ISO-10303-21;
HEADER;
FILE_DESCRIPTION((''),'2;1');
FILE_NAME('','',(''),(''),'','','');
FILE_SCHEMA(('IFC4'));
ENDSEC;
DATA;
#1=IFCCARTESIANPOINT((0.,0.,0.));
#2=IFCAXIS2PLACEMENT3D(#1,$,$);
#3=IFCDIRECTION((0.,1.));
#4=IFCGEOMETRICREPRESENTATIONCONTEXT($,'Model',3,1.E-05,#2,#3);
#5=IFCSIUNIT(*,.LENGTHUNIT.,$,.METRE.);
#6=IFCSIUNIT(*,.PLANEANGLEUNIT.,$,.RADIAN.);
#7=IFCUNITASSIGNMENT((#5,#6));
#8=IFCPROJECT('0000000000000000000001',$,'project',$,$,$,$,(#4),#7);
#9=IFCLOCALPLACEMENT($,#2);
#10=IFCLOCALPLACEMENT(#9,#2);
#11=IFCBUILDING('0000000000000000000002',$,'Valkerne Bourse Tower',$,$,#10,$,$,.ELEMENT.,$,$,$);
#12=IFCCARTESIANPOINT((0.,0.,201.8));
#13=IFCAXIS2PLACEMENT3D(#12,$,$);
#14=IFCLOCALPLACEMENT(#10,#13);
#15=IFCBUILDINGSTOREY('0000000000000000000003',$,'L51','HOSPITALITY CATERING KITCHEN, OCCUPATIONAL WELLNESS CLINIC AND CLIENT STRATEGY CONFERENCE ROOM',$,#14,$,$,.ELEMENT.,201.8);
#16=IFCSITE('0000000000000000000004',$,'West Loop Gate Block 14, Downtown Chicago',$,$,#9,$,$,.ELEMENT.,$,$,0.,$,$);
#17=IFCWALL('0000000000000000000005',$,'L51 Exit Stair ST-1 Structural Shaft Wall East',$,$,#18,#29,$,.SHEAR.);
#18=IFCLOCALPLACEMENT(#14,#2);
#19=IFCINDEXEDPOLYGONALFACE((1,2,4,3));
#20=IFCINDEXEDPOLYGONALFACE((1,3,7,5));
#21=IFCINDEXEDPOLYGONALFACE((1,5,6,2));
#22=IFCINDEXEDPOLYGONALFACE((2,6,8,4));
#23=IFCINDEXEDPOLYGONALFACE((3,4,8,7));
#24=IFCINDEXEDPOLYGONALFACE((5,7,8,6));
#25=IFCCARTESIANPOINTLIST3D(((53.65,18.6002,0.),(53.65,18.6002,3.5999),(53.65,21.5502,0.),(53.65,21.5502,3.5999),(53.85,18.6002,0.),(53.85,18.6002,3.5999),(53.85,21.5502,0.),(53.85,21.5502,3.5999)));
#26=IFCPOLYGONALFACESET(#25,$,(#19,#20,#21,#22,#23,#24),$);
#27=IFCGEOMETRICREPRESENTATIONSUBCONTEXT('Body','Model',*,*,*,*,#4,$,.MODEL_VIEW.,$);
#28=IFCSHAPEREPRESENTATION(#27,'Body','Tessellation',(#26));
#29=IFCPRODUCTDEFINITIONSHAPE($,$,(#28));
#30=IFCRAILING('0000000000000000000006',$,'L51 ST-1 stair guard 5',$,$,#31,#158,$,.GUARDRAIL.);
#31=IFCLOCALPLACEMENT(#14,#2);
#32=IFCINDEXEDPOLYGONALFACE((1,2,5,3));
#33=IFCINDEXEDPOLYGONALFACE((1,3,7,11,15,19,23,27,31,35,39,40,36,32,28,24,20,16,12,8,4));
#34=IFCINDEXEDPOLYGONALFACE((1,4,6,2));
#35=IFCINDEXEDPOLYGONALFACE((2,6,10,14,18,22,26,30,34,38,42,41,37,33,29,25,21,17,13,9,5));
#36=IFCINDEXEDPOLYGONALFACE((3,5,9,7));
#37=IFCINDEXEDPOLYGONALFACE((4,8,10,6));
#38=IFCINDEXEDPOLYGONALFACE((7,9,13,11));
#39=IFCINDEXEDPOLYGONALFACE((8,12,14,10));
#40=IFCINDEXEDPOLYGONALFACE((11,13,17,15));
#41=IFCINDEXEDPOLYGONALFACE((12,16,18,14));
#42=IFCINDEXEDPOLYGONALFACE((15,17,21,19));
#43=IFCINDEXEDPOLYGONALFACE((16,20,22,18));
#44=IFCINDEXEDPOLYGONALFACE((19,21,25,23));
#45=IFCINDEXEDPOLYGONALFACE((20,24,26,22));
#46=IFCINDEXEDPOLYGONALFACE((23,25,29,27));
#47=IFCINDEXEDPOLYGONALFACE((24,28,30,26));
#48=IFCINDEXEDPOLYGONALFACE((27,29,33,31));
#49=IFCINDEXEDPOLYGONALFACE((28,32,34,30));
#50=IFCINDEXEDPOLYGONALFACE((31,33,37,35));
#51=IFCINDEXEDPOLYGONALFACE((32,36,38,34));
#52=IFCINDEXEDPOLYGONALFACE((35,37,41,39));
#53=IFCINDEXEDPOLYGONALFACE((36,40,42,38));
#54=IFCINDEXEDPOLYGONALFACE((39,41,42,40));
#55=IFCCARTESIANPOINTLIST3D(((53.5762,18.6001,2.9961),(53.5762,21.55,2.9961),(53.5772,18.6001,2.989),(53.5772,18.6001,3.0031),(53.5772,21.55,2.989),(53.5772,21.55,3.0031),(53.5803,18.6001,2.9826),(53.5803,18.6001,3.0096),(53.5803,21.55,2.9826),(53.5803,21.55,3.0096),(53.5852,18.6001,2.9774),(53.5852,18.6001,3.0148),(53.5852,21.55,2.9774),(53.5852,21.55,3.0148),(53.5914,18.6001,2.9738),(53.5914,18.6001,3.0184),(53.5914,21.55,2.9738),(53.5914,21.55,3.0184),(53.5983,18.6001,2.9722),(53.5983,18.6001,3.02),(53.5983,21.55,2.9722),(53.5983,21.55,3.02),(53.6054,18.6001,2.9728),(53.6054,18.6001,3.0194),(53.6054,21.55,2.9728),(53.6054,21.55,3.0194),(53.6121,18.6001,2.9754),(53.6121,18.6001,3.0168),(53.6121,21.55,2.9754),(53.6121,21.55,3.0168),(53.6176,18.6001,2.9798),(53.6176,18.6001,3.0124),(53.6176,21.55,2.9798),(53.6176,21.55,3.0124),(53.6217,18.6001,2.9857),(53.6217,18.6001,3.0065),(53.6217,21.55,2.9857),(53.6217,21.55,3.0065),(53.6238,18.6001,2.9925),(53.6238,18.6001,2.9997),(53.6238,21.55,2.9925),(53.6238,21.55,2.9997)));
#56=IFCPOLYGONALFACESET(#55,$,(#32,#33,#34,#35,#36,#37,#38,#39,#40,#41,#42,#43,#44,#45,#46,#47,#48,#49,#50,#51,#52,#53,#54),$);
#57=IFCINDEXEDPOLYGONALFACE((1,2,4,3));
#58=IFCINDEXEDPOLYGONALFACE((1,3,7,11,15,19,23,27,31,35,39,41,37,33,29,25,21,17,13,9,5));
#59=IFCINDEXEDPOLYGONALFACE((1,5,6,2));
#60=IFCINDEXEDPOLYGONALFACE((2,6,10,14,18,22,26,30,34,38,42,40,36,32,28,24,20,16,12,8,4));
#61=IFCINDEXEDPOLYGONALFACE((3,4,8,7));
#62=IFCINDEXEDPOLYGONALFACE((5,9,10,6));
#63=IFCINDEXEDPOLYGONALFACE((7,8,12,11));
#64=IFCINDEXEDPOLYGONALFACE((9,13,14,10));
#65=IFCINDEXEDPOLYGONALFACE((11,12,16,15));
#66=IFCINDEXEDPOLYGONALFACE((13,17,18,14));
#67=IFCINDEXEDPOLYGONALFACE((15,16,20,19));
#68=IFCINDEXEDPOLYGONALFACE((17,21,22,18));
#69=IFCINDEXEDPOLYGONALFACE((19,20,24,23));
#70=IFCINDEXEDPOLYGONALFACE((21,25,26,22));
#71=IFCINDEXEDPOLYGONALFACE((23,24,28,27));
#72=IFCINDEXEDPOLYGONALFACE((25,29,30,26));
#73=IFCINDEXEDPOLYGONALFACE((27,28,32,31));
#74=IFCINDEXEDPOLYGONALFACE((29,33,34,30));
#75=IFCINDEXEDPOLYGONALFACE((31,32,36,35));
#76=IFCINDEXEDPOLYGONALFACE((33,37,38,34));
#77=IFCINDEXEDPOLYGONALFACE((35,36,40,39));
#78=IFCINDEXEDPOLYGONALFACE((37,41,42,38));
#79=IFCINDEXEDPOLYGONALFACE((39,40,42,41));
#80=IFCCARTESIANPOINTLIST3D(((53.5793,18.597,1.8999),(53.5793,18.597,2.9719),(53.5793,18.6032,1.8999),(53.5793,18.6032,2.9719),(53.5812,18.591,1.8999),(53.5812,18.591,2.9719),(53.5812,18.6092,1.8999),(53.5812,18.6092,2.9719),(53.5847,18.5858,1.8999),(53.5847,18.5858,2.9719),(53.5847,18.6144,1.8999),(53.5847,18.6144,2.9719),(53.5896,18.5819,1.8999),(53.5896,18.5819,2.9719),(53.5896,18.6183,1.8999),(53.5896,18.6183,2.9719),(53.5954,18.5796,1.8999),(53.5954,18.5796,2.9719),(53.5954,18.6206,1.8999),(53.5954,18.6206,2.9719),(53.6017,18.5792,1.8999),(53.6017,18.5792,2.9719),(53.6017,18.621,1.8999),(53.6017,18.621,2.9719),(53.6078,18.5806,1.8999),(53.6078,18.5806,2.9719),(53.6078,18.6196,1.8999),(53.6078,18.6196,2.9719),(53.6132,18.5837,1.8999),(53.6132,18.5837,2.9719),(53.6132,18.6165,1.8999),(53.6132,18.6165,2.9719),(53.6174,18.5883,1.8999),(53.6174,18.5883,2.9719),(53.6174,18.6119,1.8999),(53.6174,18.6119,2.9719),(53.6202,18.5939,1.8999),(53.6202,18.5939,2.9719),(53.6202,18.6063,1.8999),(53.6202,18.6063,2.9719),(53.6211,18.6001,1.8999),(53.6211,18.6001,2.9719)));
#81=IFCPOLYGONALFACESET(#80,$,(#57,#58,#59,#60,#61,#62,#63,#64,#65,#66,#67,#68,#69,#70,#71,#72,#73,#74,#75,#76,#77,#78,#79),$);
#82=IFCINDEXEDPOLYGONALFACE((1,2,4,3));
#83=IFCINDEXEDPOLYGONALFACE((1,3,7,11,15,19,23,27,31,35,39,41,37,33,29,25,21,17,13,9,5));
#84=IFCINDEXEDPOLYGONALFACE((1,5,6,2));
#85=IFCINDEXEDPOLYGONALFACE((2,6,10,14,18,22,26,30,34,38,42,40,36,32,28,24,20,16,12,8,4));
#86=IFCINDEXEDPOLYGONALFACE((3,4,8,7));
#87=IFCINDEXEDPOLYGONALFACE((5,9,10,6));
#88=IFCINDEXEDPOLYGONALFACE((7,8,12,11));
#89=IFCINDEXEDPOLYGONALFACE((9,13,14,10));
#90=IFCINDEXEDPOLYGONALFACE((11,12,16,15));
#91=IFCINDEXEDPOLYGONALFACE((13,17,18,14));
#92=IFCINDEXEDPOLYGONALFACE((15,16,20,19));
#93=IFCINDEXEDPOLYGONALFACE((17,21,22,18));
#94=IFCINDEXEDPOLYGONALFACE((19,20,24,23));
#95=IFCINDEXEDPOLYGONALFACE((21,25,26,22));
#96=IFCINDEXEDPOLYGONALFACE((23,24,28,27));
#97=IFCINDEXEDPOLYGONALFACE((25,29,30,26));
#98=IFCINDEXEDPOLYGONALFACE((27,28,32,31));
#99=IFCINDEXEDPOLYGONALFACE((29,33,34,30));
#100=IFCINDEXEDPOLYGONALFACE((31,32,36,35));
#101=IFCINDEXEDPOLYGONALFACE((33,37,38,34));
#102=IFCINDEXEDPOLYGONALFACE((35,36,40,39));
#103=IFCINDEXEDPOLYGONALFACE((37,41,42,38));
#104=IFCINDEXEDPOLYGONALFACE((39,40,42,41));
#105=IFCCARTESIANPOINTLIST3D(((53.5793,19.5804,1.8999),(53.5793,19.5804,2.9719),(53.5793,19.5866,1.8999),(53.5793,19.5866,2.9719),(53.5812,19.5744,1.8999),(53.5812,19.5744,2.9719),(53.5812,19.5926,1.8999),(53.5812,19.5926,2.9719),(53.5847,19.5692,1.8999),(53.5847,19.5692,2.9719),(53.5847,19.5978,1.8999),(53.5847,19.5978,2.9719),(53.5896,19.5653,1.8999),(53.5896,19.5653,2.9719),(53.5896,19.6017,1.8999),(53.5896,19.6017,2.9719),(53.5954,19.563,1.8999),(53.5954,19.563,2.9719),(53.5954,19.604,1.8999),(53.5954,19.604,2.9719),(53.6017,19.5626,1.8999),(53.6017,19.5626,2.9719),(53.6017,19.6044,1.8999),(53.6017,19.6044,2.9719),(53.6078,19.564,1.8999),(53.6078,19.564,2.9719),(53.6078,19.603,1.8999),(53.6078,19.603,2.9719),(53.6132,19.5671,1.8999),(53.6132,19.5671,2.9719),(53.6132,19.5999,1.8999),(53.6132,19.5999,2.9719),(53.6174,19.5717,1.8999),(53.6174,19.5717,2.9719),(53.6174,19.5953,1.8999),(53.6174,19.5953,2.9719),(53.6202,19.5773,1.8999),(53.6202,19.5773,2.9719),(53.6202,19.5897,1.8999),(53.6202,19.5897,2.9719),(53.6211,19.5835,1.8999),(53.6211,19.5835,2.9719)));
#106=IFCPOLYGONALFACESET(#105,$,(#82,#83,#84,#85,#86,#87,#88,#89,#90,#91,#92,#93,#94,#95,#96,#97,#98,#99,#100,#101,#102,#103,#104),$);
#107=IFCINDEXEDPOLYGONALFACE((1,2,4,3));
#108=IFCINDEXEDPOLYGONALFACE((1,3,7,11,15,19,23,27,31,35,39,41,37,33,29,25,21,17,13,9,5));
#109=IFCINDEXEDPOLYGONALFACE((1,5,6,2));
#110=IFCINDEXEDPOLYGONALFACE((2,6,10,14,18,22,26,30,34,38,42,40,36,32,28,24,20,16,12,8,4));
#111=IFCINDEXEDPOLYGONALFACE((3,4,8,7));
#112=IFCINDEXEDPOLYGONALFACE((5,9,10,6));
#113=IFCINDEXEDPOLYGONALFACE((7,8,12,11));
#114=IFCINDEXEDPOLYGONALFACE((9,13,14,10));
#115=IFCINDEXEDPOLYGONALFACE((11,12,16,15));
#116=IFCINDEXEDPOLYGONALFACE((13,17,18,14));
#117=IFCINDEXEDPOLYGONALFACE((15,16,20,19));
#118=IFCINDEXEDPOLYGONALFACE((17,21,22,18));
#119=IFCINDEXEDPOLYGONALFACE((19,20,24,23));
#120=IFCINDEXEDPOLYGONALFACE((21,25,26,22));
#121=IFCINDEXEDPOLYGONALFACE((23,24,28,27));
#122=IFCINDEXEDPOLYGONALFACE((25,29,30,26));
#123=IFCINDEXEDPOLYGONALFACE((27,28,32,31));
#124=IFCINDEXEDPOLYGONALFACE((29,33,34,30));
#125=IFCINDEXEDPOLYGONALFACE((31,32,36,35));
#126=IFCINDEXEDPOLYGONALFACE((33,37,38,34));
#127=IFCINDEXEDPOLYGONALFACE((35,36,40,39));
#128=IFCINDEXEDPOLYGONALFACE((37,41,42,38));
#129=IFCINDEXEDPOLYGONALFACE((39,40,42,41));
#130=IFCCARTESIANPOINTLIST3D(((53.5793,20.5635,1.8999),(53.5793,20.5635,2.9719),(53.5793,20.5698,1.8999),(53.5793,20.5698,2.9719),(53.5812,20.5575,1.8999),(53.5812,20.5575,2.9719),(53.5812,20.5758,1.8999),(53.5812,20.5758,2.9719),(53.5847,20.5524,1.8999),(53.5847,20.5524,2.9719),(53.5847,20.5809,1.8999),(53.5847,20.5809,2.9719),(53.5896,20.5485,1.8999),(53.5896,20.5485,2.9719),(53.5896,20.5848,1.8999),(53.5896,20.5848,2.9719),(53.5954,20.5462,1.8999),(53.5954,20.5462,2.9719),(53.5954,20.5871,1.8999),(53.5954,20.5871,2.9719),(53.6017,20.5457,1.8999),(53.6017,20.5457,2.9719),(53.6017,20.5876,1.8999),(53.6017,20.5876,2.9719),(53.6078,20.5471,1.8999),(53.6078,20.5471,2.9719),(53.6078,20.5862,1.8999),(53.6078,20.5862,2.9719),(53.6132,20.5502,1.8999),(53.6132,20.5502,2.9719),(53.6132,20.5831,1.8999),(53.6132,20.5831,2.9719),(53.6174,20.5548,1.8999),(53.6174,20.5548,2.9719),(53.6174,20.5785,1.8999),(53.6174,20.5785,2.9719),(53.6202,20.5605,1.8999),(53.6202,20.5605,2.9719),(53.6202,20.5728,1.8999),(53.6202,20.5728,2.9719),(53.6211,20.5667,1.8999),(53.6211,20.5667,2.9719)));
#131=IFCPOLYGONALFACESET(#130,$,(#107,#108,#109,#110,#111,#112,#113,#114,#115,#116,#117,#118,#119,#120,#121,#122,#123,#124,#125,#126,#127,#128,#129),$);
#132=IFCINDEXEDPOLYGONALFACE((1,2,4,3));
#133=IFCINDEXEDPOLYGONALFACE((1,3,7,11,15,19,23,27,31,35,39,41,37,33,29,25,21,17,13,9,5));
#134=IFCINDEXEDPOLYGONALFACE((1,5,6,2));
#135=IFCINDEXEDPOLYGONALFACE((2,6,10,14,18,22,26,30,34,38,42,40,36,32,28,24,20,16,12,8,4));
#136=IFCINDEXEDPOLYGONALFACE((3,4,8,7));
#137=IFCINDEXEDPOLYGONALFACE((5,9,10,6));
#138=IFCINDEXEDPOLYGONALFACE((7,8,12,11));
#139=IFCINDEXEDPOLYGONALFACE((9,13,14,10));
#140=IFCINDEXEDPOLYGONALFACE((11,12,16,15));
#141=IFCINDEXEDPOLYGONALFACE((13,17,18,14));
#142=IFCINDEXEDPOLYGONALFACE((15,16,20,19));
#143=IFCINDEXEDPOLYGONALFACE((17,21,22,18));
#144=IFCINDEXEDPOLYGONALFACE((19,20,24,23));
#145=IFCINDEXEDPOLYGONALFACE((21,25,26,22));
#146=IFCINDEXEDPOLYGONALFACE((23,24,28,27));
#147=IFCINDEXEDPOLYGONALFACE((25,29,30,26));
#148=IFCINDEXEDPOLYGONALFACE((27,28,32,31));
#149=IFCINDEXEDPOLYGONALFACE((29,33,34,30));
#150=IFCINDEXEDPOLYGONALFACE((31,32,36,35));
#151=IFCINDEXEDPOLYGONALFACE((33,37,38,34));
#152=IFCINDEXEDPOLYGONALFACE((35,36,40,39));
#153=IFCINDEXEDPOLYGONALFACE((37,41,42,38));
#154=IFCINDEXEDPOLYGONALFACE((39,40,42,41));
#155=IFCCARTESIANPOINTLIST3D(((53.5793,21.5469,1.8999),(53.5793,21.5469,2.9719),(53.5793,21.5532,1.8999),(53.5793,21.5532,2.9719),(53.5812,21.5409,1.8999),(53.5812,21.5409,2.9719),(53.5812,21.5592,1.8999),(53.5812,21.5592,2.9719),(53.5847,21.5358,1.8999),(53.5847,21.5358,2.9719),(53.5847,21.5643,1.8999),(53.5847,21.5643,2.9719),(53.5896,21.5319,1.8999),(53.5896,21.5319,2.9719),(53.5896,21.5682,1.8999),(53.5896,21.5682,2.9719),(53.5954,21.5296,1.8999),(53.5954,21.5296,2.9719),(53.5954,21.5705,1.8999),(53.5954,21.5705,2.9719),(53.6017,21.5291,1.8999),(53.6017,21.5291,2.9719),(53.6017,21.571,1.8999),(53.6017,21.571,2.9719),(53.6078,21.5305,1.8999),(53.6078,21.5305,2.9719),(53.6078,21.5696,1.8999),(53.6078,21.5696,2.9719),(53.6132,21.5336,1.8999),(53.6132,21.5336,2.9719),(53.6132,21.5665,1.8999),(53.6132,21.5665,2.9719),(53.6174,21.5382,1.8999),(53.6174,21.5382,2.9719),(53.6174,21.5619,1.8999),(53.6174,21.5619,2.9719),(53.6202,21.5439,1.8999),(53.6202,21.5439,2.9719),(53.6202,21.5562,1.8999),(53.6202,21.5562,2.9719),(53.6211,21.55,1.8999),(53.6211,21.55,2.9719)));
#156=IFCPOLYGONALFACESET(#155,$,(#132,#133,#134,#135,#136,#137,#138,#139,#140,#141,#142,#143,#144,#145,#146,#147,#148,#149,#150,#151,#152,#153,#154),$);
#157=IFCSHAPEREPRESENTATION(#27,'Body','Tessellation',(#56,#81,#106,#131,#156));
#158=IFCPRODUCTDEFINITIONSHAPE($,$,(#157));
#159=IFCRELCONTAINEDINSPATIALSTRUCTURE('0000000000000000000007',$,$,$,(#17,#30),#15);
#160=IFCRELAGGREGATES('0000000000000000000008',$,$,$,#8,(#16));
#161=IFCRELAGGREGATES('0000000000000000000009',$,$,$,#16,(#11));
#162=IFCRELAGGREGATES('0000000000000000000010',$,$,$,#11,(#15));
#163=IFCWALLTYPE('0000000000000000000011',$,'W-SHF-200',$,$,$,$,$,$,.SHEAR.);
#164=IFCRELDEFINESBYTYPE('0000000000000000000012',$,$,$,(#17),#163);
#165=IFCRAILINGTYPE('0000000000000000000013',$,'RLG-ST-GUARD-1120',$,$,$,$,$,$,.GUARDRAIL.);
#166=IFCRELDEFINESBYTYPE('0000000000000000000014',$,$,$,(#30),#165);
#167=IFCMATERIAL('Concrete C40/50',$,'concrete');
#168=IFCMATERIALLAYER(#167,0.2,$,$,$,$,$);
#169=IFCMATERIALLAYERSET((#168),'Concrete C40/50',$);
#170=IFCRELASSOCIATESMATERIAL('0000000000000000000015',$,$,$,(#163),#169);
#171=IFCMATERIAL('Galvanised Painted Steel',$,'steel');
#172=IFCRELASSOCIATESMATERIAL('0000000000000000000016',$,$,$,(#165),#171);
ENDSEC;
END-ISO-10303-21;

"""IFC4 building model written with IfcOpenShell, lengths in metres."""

from ifc_helpers import new_model, si_unit, direction, frame, frame_2d, origin, origin_2d, place, context, subcontext, project, spatial, rectangle, circle, extrude, material, layer, layer_set, type_object, element, save


model = new_model("IFC4")

# Units and contexts
model_context = context("Model", 3, precision=1e-05, world=origin(), true_north=direction((0.0, 1.0)))
body_context = subcontext(model_context, "Body", "Model", "MODEL_VIEW")
ifc_project = project(units=[si_unit("LENGTHUNIT", "METRE"), si_unit("PLANEANGLEUNIT", "RADIAN")], contexts=[model_context])

# Site, building, storey
site_placement = place(None, origin())
site = spatial("IfcSite", under=ifc_project, at=site_placement, Name="West Loop Gate Block 14, Downtown Chicago", CompositionType="ELEMENT", RefElevation=0.0)
building_placement = place(site_placement, origin())
building = spatial("IfcBuilding", under=site, at=building_placement, Name="Valkerne Bourse Tower", CompositionType="ELEMENT")
storey_placement = place(building_placement, frame((0.0, 0.0, 201.8)))
storey = spatial("IfcBuildingStorey", under=building, at=storey_placement, Name="L51", Description="HOSPITALITY CATERING KITCHEN, OCCUPATIONAL WELLNESS CLINIC AND CLIENT STRATEGY CONFERENCE ROOM", CompositionType="ELEMENT", Elevation=201.8)

# Wall
ifc_material_1 = material(Name="Concrete C40/50", Category="concrete")
ifc_layer_1 = layer(ifc_material_1, 0.2)
ifc_layer_set_1 = layer_set([ifc_layer_1], Name="Concrete C40/50")
wall_type_1 = type_object("IfcWallType", Name="W-SHF-200", PredefinedType="SHEAR", material=ifc_layer_set_1)
wall_1_placement = place(storey_placement, frame((53.75, 18.6001, 0.0), z_axis=(0.0, 0.0, 1.0), x_axis=(0.0, 1.0, 0.0)))
element("IfcWall", 1, at=wall_1_placement, inside=storey, type_object=wall_type_1, Name="L51 Exit Stair ST-1 Structural Shaft Wall East", PredefinedType="SHEAR", context=body_context, shape_type="SweptSolid", body=[
    extrude(rectangle(XDim=2.95, YDim=0.2, at=frame_2d((1.4751, 0.0))), origin(), (0.0, 0.0, 1.0), 3.5999),
])

# Railing
ifc_material_2 = material(Name="Galvanised Painted Steel", Category="steel")
railing_type = type_object("IfcRailingType", Name="RLG-ST-GUARD-1120", PredefinedType="GUARDRAIL", material=ifc_material_2)
railing_1_placement = place(storey_placement, frame((53.6001, 18.6001, 1.8999)))
element("IfcRailing", 2, at=railing_1_placement, inside=storey, type_object=railing_type, Name="L51 ST-1 stair guard 5", PredefinedType="GUARDRAIL", context=body_context, shape_type="SweptSolid", body=[
    extrude(circle(Radius=0.0239, at=origin_2d()), frame((0.0, 0.0, 1.0962), z_axis=(0.0, 1.0, 0.0), x_axis=(-1.0, 0.0, 0.0)), (0.0, 0.0, 1.0), 2.95),
    extrude(circle(Radius=0.021, at=origin_2d()), origin(), (0.0, 0.0, 1.0), 1.072),
    extrude(circle(Radius=0.021, at=origin_2d()), frame((0.0, 0.9834, 0.0)), (0.0, 0.0, 1.0), 1.072),
    extrude(circle(Radius=0.021, at=origin_2d()), frame((0.0, 1.9666, 0.0)), (0.0, 0.0, 1.0), 1.072),
    extrude(circle(Radius=0.021, at=origin_2d()), frame((0.0, 2.95, 0.0)), (0.0, 0.0, 1.0), 1.072),
])

save(model, "model.ifc")
